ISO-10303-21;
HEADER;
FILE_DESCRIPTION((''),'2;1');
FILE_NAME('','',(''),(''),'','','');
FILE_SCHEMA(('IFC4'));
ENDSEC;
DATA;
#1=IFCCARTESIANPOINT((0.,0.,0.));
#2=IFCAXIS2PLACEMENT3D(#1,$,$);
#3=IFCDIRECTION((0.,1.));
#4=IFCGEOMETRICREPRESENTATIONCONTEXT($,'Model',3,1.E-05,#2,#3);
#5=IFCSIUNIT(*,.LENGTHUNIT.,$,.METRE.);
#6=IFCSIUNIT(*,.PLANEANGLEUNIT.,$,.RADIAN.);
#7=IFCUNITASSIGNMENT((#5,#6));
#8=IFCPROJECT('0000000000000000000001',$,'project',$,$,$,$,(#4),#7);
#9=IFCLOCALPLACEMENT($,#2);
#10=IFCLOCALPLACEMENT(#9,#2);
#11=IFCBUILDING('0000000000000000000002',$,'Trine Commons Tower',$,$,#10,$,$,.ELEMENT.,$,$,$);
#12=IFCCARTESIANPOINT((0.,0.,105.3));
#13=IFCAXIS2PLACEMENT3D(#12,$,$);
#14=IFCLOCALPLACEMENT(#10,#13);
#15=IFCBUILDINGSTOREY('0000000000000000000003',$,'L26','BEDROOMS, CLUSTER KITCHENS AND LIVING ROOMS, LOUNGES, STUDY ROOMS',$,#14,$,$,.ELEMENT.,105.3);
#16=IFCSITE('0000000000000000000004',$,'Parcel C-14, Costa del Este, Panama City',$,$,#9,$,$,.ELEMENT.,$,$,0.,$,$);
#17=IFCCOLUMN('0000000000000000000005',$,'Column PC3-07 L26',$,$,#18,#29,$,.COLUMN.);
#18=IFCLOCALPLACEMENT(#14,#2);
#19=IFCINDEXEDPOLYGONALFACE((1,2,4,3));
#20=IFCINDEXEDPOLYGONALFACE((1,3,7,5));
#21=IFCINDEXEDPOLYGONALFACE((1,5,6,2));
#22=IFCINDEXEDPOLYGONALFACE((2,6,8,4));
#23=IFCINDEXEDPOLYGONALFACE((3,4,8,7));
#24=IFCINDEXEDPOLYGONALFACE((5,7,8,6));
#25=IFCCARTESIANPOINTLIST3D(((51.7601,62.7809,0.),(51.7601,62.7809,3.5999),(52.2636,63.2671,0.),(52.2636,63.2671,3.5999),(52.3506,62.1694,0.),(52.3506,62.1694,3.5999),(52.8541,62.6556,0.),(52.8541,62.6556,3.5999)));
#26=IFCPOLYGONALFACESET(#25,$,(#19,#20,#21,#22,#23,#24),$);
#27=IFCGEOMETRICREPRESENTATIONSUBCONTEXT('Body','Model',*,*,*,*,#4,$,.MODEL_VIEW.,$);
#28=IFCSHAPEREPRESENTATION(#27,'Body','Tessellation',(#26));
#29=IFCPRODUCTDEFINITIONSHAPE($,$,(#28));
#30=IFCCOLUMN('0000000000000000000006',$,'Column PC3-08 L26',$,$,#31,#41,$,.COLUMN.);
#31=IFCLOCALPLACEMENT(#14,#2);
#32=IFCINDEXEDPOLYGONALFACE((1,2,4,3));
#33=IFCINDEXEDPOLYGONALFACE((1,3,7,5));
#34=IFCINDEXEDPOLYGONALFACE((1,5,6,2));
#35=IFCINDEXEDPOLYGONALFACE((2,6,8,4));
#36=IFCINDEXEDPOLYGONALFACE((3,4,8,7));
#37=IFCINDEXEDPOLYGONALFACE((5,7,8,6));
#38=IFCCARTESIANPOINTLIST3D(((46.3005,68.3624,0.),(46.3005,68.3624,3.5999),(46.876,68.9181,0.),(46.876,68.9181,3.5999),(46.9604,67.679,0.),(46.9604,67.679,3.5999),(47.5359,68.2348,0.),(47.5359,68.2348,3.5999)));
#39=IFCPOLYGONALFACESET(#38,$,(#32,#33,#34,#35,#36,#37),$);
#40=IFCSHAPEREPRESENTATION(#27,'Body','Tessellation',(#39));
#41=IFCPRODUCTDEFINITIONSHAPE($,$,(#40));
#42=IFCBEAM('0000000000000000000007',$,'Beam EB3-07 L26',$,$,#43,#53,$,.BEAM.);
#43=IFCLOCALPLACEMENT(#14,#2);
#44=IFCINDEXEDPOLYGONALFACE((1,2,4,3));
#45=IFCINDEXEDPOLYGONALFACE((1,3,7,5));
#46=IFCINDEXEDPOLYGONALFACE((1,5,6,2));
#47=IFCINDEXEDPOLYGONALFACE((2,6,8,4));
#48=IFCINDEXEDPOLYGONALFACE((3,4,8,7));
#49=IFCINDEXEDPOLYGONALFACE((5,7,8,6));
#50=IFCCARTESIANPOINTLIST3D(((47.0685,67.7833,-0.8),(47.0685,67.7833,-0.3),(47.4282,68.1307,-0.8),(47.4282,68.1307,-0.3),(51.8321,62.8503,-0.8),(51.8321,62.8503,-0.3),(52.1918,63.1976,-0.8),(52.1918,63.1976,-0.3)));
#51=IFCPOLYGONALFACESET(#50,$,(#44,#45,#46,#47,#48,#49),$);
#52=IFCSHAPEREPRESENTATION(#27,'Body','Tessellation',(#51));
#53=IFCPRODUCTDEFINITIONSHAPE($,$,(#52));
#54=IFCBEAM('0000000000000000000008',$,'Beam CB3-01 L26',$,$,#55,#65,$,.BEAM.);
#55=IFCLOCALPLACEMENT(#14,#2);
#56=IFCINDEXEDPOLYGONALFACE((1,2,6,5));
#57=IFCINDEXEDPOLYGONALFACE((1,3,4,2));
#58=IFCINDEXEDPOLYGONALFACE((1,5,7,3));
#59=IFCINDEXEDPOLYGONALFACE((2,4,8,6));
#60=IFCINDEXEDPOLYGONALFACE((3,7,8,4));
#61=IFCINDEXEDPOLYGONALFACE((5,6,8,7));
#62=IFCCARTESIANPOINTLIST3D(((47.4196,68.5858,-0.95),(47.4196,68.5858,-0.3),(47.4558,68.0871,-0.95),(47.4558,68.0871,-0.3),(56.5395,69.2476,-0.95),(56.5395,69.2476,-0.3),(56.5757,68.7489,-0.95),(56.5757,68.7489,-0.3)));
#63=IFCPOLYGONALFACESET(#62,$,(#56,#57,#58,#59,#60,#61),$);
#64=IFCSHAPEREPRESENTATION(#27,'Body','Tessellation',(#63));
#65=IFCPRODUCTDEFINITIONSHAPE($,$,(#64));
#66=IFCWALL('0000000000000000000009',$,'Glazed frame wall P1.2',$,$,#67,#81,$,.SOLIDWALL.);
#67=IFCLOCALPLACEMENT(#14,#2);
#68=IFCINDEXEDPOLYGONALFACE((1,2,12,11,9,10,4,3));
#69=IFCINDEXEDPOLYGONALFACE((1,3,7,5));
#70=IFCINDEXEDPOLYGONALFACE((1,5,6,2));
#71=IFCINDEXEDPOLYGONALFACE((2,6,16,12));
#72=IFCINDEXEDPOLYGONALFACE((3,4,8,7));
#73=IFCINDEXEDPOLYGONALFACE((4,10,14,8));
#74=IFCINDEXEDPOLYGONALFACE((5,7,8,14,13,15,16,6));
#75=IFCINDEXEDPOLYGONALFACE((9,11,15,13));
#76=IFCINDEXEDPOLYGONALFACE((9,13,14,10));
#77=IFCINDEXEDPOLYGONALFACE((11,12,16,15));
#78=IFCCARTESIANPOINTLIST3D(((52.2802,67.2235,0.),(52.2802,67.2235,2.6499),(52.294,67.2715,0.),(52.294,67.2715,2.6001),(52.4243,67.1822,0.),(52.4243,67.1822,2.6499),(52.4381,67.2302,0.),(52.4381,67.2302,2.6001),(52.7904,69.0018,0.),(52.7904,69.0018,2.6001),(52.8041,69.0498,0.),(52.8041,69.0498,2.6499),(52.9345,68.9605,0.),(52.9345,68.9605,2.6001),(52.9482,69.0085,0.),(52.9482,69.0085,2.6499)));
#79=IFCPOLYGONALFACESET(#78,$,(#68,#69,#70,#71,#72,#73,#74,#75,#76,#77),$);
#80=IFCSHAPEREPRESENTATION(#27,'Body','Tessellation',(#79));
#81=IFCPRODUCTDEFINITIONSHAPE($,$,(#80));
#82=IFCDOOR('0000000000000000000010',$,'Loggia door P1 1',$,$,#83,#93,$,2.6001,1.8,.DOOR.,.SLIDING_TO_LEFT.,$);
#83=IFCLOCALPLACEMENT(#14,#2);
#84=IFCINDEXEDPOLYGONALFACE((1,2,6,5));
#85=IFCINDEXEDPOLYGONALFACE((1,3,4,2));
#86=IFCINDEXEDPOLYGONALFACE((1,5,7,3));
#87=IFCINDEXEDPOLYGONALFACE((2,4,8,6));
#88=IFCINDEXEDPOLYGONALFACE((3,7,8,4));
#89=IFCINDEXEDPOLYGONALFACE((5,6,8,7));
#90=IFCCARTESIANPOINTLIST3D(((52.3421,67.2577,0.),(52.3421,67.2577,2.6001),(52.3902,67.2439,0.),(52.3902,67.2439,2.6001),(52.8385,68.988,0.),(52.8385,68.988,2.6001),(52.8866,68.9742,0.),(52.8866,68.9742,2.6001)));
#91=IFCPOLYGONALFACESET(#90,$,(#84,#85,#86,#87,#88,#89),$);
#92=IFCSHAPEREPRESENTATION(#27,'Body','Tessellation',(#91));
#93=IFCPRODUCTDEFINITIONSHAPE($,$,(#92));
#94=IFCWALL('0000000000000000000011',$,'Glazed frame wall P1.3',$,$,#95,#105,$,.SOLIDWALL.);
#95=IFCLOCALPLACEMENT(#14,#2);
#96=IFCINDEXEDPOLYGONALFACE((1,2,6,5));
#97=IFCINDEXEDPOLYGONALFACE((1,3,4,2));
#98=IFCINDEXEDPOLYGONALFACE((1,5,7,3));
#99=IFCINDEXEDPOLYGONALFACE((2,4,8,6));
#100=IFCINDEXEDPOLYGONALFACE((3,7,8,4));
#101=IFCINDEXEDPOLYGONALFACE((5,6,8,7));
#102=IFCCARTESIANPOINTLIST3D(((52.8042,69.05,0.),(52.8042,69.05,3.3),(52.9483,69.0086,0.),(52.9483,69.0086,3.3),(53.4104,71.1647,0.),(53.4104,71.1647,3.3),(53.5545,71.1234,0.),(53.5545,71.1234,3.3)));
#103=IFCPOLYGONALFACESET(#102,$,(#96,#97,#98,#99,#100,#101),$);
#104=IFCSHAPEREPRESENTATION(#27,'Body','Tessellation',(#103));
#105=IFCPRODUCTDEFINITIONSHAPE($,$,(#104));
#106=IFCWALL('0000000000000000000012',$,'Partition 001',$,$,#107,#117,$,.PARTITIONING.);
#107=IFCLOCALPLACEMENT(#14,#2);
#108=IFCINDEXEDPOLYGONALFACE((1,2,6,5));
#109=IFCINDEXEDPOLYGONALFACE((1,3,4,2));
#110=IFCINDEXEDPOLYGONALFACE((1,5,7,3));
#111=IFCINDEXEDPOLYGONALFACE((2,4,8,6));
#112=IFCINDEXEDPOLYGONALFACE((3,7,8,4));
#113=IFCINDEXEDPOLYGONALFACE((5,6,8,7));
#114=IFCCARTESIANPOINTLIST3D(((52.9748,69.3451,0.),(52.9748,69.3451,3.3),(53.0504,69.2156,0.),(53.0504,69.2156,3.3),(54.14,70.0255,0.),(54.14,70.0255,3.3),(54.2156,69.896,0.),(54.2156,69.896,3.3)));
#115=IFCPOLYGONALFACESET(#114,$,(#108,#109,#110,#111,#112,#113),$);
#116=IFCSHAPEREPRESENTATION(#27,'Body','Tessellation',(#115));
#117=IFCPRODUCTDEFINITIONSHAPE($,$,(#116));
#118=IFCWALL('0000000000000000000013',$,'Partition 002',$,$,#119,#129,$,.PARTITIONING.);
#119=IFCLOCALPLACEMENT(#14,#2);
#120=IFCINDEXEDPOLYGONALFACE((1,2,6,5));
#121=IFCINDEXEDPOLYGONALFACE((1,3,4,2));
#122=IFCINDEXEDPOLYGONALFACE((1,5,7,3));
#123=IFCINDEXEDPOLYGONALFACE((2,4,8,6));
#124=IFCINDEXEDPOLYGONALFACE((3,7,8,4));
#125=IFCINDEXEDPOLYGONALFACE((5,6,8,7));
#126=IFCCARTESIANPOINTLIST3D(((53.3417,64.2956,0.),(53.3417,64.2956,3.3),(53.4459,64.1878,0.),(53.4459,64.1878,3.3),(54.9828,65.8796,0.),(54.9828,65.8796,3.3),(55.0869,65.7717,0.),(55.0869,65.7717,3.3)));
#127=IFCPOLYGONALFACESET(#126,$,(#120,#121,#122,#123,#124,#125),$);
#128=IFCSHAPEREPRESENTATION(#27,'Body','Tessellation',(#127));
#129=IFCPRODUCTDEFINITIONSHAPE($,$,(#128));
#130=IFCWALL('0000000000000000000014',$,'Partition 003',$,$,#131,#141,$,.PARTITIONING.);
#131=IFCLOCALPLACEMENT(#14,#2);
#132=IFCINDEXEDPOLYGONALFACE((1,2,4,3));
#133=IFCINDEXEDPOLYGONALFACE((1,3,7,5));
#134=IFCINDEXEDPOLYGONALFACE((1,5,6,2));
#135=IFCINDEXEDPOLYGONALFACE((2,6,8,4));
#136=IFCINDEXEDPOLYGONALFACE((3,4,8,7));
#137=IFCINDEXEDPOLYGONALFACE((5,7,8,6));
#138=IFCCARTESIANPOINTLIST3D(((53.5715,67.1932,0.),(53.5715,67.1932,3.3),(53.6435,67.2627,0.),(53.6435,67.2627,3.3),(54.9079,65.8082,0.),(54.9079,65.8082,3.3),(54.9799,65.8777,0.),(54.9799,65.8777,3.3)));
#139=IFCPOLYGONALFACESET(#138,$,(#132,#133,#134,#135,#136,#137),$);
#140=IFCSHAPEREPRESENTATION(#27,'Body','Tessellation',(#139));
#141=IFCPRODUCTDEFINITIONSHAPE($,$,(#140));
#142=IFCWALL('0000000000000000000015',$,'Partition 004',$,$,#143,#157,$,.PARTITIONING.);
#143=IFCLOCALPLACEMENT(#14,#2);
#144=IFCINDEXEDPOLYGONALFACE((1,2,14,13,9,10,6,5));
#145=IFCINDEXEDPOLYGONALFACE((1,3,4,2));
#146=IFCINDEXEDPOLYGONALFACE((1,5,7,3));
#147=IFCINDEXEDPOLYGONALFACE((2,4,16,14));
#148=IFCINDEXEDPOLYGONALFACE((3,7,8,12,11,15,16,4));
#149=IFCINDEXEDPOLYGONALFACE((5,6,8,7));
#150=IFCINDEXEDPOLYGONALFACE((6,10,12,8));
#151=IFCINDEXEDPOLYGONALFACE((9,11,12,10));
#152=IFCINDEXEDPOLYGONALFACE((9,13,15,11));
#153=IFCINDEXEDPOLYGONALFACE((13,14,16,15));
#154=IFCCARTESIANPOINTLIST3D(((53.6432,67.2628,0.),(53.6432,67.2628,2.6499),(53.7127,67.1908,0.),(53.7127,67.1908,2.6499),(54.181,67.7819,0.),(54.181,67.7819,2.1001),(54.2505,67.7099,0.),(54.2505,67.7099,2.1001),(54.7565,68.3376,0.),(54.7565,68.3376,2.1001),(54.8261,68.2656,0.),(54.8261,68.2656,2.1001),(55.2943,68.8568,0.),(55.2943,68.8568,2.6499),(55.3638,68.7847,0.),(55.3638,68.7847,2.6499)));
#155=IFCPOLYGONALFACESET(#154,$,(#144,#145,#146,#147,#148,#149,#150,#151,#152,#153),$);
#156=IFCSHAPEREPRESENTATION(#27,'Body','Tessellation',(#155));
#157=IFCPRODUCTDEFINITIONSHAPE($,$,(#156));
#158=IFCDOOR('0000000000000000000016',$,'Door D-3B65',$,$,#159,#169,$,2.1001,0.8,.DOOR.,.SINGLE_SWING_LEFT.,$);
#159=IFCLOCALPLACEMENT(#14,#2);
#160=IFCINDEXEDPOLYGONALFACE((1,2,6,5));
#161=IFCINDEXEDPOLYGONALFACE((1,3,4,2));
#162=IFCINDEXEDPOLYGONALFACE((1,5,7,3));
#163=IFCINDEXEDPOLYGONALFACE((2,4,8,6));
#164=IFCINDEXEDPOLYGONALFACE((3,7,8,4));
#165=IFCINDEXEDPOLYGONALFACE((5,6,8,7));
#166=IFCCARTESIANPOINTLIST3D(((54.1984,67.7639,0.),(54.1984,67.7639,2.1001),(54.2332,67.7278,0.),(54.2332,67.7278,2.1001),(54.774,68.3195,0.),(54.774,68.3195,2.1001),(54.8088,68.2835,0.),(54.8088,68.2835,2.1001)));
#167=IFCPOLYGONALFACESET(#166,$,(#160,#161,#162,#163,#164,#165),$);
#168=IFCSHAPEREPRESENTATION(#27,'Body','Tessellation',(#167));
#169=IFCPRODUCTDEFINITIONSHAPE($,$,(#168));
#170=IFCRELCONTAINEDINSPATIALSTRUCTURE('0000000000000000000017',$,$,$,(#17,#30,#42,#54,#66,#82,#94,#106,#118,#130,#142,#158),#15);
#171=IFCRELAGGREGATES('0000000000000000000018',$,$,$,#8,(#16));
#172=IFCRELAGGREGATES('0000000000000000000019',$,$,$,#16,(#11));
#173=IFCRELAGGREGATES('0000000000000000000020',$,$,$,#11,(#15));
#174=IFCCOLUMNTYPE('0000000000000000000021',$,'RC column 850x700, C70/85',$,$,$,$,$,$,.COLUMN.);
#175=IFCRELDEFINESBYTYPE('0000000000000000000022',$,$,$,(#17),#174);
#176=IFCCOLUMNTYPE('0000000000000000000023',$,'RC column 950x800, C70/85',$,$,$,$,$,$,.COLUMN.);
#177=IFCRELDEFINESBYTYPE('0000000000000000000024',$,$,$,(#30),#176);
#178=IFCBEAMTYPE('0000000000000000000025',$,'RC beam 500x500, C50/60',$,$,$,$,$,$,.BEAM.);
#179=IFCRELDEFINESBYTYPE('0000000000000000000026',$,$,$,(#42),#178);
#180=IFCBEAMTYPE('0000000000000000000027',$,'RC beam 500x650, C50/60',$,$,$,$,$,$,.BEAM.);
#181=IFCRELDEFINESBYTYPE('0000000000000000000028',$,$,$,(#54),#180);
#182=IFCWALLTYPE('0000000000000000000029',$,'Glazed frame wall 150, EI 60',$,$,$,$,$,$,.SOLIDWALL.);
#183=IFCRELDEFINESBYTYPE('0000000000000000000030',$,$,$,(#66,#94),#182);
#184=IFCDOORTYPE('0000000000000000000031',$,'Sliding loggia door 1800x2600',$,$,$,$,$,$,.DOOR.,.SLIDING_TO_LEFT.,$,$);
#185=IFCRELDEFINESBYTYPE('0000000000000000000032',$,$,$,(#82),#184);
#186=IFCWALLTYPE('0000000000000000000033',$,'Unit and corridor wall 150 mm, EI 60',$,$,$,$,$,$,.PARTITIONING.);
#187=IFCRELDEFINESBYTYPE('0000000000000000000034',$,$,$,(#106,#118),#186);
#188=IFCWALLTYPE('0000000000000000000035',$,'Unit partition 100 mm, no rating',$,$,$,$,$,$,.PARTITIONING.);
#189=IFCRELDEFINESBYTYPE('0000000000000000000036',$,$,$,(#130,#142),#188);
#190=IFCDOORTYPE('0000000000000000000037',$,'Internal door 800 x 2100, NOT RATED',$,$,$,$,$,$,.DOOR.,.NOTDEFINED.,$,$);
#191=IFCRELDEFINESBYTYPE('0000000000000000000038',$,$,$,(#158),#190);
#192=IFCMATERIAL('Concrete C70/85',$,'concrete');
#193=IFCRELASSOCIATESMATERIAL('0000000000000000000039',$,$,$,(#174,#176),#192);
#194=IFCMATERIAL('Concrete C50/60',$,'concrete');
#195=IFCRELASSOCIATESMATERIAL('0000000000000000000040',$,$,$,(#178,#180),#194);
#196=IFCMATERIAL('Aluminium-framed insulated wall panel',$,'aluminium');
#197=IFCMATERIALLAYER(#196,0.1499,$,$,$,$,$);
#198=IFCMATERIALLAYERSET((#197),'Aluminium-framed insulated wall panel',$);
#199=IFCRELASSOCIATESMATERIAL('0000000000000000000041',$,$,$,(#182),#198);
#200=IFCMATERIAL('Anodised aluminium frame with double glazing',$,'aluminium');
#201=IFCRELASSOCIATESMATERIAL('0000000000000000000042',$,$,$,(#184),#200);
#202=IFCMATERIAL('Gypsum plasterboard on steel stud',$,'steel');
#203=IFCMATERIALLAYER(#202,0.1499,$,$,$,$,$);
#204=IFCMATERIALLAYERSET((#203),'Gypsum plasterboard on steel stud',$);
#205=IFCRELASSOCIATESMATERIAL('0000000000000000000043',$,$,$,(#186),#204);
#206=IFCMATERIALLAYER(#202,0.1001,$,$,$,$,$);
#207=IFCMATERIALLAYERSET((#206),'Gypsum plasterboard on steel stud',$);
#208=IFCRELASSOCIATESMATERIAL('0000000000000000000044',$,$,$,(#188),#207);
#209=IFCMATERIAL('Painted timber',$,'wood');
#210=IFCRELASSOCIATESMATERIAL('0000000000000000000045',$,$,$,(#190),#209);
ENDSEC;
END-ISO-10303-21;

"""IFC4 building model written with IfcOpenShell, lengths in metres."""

from ifc_helpers import new_model, si_unit, direction, frame, frame_2d, origin, origin_2d, place, context, subcontext, project, spatial, polyline, rectangle, outline, extrude, material, layer, layer_set, material_profile, profile_set, type_object, element, fill, save


model = new_model("IFC4")

# Units and contexts
model_context = context("Model", 3, precision=1e-05, world=origin(), true_north=direction((0.0, 1.0)))
body_context = subcontext(model_context, "Body", "Model", "MODEL_VIEW")
ifc_project = project(units=[si_unit("LENGTHUNIT", "METRE"), si_unit("PLANEANGLEUNIT", "RADIAN")], contexts=[model_context])

# Site, building, storey
site_placement = place(None, origin())
site = spatial("IfcSite", under=ifc_project, at=site_placement, Name="Parcel C-14, Costa del Este, Panama City", CompositionType="ELEMENT", RefElevation=0.0)
building_placement = place(site_placement, origin())
building = spatial("IfcBuilding", under=site, at=building_placement, Name="Trine Commons Tower", CompositionType="ELEMENT")
storey_placement = place(building_placement, frame((0.0, 0.0, 105.3)))
storey = spatial("IfcBuildingStorey", under=building, at=storey_placement, Name="L26", Description="BEDROOMS, CLUSTER KITCHENS AND LIVING ROOMS, LOUNGES, STUDY ROOMS", CompositionType="ELEMENT", Elevation=105.3)

# Columns
ifc_material_1 = material(Name="Concrete C70/85", Category="concrete")
ifc_material_profile_1 = material_profile(ifc_material_1, rectangle(XDim=0.8501, YDim=0.7, at=origin_2d()), Name="RC 850x700")
ifc_profile_set_1 = profile_set([ifc_material_profile_1], Name="Concrete C70/85")
column_type_1 = type_object("IfcColumnType", Name="RC column 850x700, C70/85", PredefinedType="COLUMN", material=ifc_profile_set_1)
column_1_placement = place(storey_placement, frame((52.3071, 62.7183, 0.0), z_axis=(0.0, 0.0, 1.0), x_axis=(-0.694658, 0.71934, 0.0)))
element("IfcColumn", 1, at=column_1_placement, inside=storey, type_object=column_type_1, Name="Column PC3-07 L26", PredefinedType="COLUMN", context=body_context, shape_type="SweptSolid", body=[
    extrude(rectangle(XDim=0.8501, YDim=0.7, at=origin_2d()), origin(), (0.0, 0.0, 1.0), 3.5999),
])
ifc_material_profile_2 = material_profile(ifc_material_1, rectangle(XDim=0.95, YDim=0.8, at=origin_2d()), Name="RC 950x800")
ifc_profile_set_2 = profile_set([ifc_material_profile_2], Name="Concrete C70/85")
column_type_2 = type_object("IfcColumnType", Name="RC column 950x800, C70/85", PredefinedType="COLUMN", material=ifc_profile_set_2)
column_2_placement = place(storey_placement, frame((46.9182, 68.2986, 0.0), z_axis=(0.0, 0.0, 1.0), x_axis=(-0.694658, 0.71934, 0.0)))
element("IfcColumn", 2, at=column_2_placement, inside=storey, type_object=column_type_2, Name="Column PC3-08 L26", PredefinedType="COLUMN", context=body_context, shape_type="SweptSolid", body=[
    extrude(rectangle(XDim=0.95, YDim=0.8, at=origin_2d()), origin(), (0.0, 0.0, 1.0), 3.5999),
])

# Beams
ifc_material_2 = material(Name="Concrete C50/60", Category="concrete")
ifc_material_profile_3 = material_profile(ifc_material_2, rectangle(XDim=0.5, YDim=0.5, at=origin_2d()), Name="RC 500x500")
ifc_profile_set_3 = profile_set([ifc_material_profile_3], Name="Concrete C50/60")
beam_type_1 = type_object("IfcBeamType", Name="RC beam 500x500, C50/60", PredefinedType="BEAM", material=ifc_profile_set_3)
beam_1_placement = place(storey_placement, frame((52.012, 63.0239, -0.55), z_axis=(-0.694645, 0.719352, 0.0), x_axis=(-0.719352, -0.694645, 0.0)))
element("IfcBeam", 3, at=beam_1_placement, inside=storey, type_object=beam_type_1, Name="Beam EB3-07 L26", PredefinedType="BEAM", context=body_context, shape_type="SweptSolid", body=[
    extrude(rectangle(XDim=0.5, YDim=0.5, at=origin_2d()), origin(), (0.0, 0.0, 1.0), 6.8577),
])
ifc_material_profile_4 = material_profile(ifc_material_2, rectangle(XDim=0.5, YDim=0.6499, at=origin_2d()), Name="RC 500x650")
ifc_profile_set_4 = profile_set([ifc_material_profile_4], Name="Concrete C50/60")
beam_type_2 = type_object("IfcBeamType", Name="RC beam 500x650, C50/60", PredefinedType="BEAM", material=ifc_profile_set_4)
beam_2_placement = place(storey_placement, frame((47.4377, 68.3364, -0.625), z_axis=(0.997377, 0.072384, 0.0), x_axis=(-0.072384, 0.997377, 0.0)))
element("IfcBeam", 4, at=beam_2_placement, inside=storey, type_object=beam_type_2, Name="Beam CB3-01 L26", PredefinedType="BEAM", context=body_context, shape_type="SweptSolid", body=[
    extrude(rectangle(XDim=0.5, YDim=0.6499, at=origin_2d()), origin(), (0.0, 0.0, 1.0), 9.1438),
])

# Shared definitions
ifc_material_3 = material(Name="Aluminium-framed insulated wall panel", Category="aluminium")
ifc_layer_1 = layer(ifc_material_3, 0.1499)
ifc_layer_set_1 = layer_set([ifc_layer_1], Name="Aluminium-framed insulated wall panel")
wall_type_1 = type_object("IfcWallType", Name="Glazed frame wall 150, EI 60", PredefinedType="SOLIDWALL", material=ifc_layer_set_1)

# Wall, opening, door
wall_1_placement = place(storey_placement, frame((52.3523, 67.2029, 0.0), z_axis=(0.0, 0.0, 1.0), x_axis=(0.275739, 0.961232, 0.0)))
wall_1 = element("IfcWall", 5, at=wall_1_placement, inside=storey, type_object=wall_type_1, Name="Glazed frame wall P1.2", PredefinedType="SOLIDWALL", context=body_context, shape_type="SweptSolid", body=[
    extrude(outline(polyline([(0.0, -0.075), (1.8999, -0.075), (1.8999, 0.075), (0.0, 0.075), (0.0, -0.075)])), origin(), (0.0, 0.0, 1.0), 2.6499),
])
opening_1_placement = place(wall_1_placement, frame((0.05, 0.0, 0.0)))
opening_1 = element("IfcOpeningElement", 6, at=opening_1_placement, cuts=wall_1, PredefinedType="OPENING", context=body_context, shape_type="SweptSolid", body=[
    extrude(rectangle(XDim=1.8, YDim=2.6001, at=frame_2d((0.8999, 1.3))), frame((0.0, 0.085, 0.0), z_axis=(0.0, -1.0, 0.0), x_axis=(1.0, 0.0, 0.0)), (0.0, 0.0, 1.0), 0.1699),
])
ifc_material_4 = material(Name="Anodised aluminium frame with double glazing", Category="aluminium")
door_type_1 = type_object("IfcDoorType", Name="Sliding loggia door 1800x2600", OperationType="SLIDING_TO_LEFT", PredefinedType="DOOR", material=ifc_material_4)
door_1_placement = place(opening_1_placement, origin())
door_1 = element("IfcDoor", 7, at=door_1_placement, inside=storey, type_object=door_type_1, Name="Loggia door P1 1", OperationType="SLIDING_TO_LEFT", OverallHeight=2.6001, OverallWidth=1.8, PredefinedType="DOOR", context=body_context, shape_type="SweptSolid", body=[
    extrude(rectangle(XDim=1.8, YDim=2.6001, at=frame_2d((0.8999, 1.3))), frame((0.0, 0.0249, 0.0), z_axis=(0.0, -1.0, 0.0), x_axis=(1.0, 0.0, 0.0)), (0.0, 0.0, 1.0), 0.05),
])
fill(opening_1, door_1)

# Walls
wall_2_placement = place(storey_placement, frame((52.8762, 69.0293, 0.0), z_axis=(0.0, 0.0, 1.0), x_axis=(0.275556, 0.961285, 0.0)))
element("IfcWall", 8, at=wall_2_placement, inside=storey, type_object=wall_type_1, Name="Glazed frame wall P1.3", PredefinedType="SOLIDWALL", context=body_context, shape_type="SweptSolid", body=[
    extrude(outline(polyline([(0.0, -0.075), (2.2, -0.075), (2.2, 0.075), (0.0, 0.075), (0.0, -0.075)])), origin(), (0.0, 0.0, 1.0), 3.3),
])
ifc_material_5 = material(Name="Gypsum plasterboard on steel stud", Category="steel")
ifc_layer_2 = layer(ifc_material_5, 0.1499)
ifc_layer_set_2 = layer_set([ifc_layer_2], Name="Gypsum plasterboard on steel stud")
wall_type_2 = type_object("IfcWallType", Name="Unit and corridor wall 150 mm, EI 60", PredefinedType="PARTITIONING", material=ifc_layer_set_2)
wall_3_placement = place(storey_placement, frame((53.0125, 69.2803, 0.0), z_axis=(0.0, 0.0, 1.0), x_axis=(0.863562, 0.504242, 0.0)))
element("IfcWall", 9, at=wall_3_placement, inside=storey, type_object=wall_type_2, Name="Partition 001", PredefinedType="PARTITIONING", context=body_context, shape_type="SweptSolid", body=[
    extrude(rectangle(XDim=1.3494, YDim=0.1499, at=frame_2d((0.6748, 0.0))), origin(), (0.0, 0.0, 1.0), 3.3),
])
wall_4_placement = place(storey_placement, frame((53.3938, 64.2417, 0.0), z_axis=(0.0, 0.0, 1.0), x_axis=(0.719519, 0.694472, 0.0)))
element("IfcWall", 10, at=wall_4_placement, inside=storey, type_object=wall_type_2, Name="Partition 002", PredefinedType="PARTITIONING", context=body_context, shape_type="SweptSolid", body=[
    extrude(rectangle(XDim=2.2808, YDim=0.1499, at=frame_2d((1.1404, 0.0))), origin(), (0.0, 0.0, 1.0), 3.3),
])
ifc_layer_3 = layer(ifc_material_5, 0.1001)
ifc_layer_set_3 = layer_set([ifc_layer_3], Name="Gypsum plasterboard on steel stud")
wall_type_3 = type_object("IfcWallType", Name="Unit partition 100 mm, no rating", PredefinedType="PARTITIONING", material=ifc_layer_set_3)
wall_5_placement = place(storey_placement, frame((53.6074, 67.228, 0.0), z_axis=(0.0, 0.0, 1.0), x_axis=(0.694373, -0.719616, 0.0)))
element("IfcWall", 11, at=wall_5_placement, inside=storey, type_object=wall_type_3, Name="Partition 003", PredefinedType="PARTITIONING", context=body_context, shape_type="SweptSolid", body=[
    extrude(rectangle(XDim=1.9246, YDim=0.1001, at=frame_2d((0.9624, 0.0))), origin(), (0.0, 0.0, 1.0), 3.3),
])

# Wall, opening, door
wall_6_placement = place(storey_placement, frame((53.678, 67.2268, 0.0), z_axis=(0.0, 0.0, 1.0), x_axis=(0.719444, 0.694551, 0.0)))
wall_6 = element("IfcWall", 12, at=wall_6_placement, inside=storey, type_object=wall_type_3, Name="Partition 004", PredefinedType="PARTITIONING", context=body_context, shape_type="SweptSolid", body=[
    extrude(rectangle(XDim=2.2949, YDim=0.1001, at=frame_2d((1.1475, 0.0))), origin(), (0.0, 0.0, 1.0), 2.6499),
])
opening_2_placement = place(wall_6_placement, frame((0.7476, 0.0, 0.0)))
opening_2 = element("IfcOpeningElement", 13, at=opening_2_placement, cuts=wall_6, PredefinedType="OPENING", context=body_context, shape_type="SweptSolid", body=[
    extrude(rectangle(XDim=0.8, YDim=2.1001, at=frame_2d((0.3999, 1.05))), frame((0.0, 0.0601, 0.0), z_axis=(0.0, -1.0, 0.0), x_axis=(1.0, 0.0, 0.0)), (0.0, 0.0, 1.0), 0.1201),
])
ifc_material_6 = material(Name="Painted timber", Category="wood")
door_type_2 = type_object("IfcDoorType", Name="Internal door 800 x 2100, NOT RATED", OperationType="NOTDEFINED", PredefinedType="DOOR", material=ifc_material_6)
door_2_placement = place(opening_2_placement, origin())
door_2 = element("IfcDoor", 14, at=door_2_placement, inside=storey, type_object=door_type_2, Name="Door D-3B65", OperationType="SINGLE_SWING_LEFT", OverallHeight=2.1001, OverallWidth=0.8, PredefinedType="DOOR", context=body_context, shape_type="SweptSolid", body=[
    extrude(rectangle(XDim=0.8, YDim=2.1001, at=frame_2d((0.3999, 1.05))), frame((0.0, 0.0249, 0.0), z_axis=(0.0, -1.0, 0.0), x_axis=(1.0, 0.0, 0.0)), (0.0, 0.0, 1.0), 0.05),
])
fill(opening_2, door_2)

save(model, "model.ifc")
